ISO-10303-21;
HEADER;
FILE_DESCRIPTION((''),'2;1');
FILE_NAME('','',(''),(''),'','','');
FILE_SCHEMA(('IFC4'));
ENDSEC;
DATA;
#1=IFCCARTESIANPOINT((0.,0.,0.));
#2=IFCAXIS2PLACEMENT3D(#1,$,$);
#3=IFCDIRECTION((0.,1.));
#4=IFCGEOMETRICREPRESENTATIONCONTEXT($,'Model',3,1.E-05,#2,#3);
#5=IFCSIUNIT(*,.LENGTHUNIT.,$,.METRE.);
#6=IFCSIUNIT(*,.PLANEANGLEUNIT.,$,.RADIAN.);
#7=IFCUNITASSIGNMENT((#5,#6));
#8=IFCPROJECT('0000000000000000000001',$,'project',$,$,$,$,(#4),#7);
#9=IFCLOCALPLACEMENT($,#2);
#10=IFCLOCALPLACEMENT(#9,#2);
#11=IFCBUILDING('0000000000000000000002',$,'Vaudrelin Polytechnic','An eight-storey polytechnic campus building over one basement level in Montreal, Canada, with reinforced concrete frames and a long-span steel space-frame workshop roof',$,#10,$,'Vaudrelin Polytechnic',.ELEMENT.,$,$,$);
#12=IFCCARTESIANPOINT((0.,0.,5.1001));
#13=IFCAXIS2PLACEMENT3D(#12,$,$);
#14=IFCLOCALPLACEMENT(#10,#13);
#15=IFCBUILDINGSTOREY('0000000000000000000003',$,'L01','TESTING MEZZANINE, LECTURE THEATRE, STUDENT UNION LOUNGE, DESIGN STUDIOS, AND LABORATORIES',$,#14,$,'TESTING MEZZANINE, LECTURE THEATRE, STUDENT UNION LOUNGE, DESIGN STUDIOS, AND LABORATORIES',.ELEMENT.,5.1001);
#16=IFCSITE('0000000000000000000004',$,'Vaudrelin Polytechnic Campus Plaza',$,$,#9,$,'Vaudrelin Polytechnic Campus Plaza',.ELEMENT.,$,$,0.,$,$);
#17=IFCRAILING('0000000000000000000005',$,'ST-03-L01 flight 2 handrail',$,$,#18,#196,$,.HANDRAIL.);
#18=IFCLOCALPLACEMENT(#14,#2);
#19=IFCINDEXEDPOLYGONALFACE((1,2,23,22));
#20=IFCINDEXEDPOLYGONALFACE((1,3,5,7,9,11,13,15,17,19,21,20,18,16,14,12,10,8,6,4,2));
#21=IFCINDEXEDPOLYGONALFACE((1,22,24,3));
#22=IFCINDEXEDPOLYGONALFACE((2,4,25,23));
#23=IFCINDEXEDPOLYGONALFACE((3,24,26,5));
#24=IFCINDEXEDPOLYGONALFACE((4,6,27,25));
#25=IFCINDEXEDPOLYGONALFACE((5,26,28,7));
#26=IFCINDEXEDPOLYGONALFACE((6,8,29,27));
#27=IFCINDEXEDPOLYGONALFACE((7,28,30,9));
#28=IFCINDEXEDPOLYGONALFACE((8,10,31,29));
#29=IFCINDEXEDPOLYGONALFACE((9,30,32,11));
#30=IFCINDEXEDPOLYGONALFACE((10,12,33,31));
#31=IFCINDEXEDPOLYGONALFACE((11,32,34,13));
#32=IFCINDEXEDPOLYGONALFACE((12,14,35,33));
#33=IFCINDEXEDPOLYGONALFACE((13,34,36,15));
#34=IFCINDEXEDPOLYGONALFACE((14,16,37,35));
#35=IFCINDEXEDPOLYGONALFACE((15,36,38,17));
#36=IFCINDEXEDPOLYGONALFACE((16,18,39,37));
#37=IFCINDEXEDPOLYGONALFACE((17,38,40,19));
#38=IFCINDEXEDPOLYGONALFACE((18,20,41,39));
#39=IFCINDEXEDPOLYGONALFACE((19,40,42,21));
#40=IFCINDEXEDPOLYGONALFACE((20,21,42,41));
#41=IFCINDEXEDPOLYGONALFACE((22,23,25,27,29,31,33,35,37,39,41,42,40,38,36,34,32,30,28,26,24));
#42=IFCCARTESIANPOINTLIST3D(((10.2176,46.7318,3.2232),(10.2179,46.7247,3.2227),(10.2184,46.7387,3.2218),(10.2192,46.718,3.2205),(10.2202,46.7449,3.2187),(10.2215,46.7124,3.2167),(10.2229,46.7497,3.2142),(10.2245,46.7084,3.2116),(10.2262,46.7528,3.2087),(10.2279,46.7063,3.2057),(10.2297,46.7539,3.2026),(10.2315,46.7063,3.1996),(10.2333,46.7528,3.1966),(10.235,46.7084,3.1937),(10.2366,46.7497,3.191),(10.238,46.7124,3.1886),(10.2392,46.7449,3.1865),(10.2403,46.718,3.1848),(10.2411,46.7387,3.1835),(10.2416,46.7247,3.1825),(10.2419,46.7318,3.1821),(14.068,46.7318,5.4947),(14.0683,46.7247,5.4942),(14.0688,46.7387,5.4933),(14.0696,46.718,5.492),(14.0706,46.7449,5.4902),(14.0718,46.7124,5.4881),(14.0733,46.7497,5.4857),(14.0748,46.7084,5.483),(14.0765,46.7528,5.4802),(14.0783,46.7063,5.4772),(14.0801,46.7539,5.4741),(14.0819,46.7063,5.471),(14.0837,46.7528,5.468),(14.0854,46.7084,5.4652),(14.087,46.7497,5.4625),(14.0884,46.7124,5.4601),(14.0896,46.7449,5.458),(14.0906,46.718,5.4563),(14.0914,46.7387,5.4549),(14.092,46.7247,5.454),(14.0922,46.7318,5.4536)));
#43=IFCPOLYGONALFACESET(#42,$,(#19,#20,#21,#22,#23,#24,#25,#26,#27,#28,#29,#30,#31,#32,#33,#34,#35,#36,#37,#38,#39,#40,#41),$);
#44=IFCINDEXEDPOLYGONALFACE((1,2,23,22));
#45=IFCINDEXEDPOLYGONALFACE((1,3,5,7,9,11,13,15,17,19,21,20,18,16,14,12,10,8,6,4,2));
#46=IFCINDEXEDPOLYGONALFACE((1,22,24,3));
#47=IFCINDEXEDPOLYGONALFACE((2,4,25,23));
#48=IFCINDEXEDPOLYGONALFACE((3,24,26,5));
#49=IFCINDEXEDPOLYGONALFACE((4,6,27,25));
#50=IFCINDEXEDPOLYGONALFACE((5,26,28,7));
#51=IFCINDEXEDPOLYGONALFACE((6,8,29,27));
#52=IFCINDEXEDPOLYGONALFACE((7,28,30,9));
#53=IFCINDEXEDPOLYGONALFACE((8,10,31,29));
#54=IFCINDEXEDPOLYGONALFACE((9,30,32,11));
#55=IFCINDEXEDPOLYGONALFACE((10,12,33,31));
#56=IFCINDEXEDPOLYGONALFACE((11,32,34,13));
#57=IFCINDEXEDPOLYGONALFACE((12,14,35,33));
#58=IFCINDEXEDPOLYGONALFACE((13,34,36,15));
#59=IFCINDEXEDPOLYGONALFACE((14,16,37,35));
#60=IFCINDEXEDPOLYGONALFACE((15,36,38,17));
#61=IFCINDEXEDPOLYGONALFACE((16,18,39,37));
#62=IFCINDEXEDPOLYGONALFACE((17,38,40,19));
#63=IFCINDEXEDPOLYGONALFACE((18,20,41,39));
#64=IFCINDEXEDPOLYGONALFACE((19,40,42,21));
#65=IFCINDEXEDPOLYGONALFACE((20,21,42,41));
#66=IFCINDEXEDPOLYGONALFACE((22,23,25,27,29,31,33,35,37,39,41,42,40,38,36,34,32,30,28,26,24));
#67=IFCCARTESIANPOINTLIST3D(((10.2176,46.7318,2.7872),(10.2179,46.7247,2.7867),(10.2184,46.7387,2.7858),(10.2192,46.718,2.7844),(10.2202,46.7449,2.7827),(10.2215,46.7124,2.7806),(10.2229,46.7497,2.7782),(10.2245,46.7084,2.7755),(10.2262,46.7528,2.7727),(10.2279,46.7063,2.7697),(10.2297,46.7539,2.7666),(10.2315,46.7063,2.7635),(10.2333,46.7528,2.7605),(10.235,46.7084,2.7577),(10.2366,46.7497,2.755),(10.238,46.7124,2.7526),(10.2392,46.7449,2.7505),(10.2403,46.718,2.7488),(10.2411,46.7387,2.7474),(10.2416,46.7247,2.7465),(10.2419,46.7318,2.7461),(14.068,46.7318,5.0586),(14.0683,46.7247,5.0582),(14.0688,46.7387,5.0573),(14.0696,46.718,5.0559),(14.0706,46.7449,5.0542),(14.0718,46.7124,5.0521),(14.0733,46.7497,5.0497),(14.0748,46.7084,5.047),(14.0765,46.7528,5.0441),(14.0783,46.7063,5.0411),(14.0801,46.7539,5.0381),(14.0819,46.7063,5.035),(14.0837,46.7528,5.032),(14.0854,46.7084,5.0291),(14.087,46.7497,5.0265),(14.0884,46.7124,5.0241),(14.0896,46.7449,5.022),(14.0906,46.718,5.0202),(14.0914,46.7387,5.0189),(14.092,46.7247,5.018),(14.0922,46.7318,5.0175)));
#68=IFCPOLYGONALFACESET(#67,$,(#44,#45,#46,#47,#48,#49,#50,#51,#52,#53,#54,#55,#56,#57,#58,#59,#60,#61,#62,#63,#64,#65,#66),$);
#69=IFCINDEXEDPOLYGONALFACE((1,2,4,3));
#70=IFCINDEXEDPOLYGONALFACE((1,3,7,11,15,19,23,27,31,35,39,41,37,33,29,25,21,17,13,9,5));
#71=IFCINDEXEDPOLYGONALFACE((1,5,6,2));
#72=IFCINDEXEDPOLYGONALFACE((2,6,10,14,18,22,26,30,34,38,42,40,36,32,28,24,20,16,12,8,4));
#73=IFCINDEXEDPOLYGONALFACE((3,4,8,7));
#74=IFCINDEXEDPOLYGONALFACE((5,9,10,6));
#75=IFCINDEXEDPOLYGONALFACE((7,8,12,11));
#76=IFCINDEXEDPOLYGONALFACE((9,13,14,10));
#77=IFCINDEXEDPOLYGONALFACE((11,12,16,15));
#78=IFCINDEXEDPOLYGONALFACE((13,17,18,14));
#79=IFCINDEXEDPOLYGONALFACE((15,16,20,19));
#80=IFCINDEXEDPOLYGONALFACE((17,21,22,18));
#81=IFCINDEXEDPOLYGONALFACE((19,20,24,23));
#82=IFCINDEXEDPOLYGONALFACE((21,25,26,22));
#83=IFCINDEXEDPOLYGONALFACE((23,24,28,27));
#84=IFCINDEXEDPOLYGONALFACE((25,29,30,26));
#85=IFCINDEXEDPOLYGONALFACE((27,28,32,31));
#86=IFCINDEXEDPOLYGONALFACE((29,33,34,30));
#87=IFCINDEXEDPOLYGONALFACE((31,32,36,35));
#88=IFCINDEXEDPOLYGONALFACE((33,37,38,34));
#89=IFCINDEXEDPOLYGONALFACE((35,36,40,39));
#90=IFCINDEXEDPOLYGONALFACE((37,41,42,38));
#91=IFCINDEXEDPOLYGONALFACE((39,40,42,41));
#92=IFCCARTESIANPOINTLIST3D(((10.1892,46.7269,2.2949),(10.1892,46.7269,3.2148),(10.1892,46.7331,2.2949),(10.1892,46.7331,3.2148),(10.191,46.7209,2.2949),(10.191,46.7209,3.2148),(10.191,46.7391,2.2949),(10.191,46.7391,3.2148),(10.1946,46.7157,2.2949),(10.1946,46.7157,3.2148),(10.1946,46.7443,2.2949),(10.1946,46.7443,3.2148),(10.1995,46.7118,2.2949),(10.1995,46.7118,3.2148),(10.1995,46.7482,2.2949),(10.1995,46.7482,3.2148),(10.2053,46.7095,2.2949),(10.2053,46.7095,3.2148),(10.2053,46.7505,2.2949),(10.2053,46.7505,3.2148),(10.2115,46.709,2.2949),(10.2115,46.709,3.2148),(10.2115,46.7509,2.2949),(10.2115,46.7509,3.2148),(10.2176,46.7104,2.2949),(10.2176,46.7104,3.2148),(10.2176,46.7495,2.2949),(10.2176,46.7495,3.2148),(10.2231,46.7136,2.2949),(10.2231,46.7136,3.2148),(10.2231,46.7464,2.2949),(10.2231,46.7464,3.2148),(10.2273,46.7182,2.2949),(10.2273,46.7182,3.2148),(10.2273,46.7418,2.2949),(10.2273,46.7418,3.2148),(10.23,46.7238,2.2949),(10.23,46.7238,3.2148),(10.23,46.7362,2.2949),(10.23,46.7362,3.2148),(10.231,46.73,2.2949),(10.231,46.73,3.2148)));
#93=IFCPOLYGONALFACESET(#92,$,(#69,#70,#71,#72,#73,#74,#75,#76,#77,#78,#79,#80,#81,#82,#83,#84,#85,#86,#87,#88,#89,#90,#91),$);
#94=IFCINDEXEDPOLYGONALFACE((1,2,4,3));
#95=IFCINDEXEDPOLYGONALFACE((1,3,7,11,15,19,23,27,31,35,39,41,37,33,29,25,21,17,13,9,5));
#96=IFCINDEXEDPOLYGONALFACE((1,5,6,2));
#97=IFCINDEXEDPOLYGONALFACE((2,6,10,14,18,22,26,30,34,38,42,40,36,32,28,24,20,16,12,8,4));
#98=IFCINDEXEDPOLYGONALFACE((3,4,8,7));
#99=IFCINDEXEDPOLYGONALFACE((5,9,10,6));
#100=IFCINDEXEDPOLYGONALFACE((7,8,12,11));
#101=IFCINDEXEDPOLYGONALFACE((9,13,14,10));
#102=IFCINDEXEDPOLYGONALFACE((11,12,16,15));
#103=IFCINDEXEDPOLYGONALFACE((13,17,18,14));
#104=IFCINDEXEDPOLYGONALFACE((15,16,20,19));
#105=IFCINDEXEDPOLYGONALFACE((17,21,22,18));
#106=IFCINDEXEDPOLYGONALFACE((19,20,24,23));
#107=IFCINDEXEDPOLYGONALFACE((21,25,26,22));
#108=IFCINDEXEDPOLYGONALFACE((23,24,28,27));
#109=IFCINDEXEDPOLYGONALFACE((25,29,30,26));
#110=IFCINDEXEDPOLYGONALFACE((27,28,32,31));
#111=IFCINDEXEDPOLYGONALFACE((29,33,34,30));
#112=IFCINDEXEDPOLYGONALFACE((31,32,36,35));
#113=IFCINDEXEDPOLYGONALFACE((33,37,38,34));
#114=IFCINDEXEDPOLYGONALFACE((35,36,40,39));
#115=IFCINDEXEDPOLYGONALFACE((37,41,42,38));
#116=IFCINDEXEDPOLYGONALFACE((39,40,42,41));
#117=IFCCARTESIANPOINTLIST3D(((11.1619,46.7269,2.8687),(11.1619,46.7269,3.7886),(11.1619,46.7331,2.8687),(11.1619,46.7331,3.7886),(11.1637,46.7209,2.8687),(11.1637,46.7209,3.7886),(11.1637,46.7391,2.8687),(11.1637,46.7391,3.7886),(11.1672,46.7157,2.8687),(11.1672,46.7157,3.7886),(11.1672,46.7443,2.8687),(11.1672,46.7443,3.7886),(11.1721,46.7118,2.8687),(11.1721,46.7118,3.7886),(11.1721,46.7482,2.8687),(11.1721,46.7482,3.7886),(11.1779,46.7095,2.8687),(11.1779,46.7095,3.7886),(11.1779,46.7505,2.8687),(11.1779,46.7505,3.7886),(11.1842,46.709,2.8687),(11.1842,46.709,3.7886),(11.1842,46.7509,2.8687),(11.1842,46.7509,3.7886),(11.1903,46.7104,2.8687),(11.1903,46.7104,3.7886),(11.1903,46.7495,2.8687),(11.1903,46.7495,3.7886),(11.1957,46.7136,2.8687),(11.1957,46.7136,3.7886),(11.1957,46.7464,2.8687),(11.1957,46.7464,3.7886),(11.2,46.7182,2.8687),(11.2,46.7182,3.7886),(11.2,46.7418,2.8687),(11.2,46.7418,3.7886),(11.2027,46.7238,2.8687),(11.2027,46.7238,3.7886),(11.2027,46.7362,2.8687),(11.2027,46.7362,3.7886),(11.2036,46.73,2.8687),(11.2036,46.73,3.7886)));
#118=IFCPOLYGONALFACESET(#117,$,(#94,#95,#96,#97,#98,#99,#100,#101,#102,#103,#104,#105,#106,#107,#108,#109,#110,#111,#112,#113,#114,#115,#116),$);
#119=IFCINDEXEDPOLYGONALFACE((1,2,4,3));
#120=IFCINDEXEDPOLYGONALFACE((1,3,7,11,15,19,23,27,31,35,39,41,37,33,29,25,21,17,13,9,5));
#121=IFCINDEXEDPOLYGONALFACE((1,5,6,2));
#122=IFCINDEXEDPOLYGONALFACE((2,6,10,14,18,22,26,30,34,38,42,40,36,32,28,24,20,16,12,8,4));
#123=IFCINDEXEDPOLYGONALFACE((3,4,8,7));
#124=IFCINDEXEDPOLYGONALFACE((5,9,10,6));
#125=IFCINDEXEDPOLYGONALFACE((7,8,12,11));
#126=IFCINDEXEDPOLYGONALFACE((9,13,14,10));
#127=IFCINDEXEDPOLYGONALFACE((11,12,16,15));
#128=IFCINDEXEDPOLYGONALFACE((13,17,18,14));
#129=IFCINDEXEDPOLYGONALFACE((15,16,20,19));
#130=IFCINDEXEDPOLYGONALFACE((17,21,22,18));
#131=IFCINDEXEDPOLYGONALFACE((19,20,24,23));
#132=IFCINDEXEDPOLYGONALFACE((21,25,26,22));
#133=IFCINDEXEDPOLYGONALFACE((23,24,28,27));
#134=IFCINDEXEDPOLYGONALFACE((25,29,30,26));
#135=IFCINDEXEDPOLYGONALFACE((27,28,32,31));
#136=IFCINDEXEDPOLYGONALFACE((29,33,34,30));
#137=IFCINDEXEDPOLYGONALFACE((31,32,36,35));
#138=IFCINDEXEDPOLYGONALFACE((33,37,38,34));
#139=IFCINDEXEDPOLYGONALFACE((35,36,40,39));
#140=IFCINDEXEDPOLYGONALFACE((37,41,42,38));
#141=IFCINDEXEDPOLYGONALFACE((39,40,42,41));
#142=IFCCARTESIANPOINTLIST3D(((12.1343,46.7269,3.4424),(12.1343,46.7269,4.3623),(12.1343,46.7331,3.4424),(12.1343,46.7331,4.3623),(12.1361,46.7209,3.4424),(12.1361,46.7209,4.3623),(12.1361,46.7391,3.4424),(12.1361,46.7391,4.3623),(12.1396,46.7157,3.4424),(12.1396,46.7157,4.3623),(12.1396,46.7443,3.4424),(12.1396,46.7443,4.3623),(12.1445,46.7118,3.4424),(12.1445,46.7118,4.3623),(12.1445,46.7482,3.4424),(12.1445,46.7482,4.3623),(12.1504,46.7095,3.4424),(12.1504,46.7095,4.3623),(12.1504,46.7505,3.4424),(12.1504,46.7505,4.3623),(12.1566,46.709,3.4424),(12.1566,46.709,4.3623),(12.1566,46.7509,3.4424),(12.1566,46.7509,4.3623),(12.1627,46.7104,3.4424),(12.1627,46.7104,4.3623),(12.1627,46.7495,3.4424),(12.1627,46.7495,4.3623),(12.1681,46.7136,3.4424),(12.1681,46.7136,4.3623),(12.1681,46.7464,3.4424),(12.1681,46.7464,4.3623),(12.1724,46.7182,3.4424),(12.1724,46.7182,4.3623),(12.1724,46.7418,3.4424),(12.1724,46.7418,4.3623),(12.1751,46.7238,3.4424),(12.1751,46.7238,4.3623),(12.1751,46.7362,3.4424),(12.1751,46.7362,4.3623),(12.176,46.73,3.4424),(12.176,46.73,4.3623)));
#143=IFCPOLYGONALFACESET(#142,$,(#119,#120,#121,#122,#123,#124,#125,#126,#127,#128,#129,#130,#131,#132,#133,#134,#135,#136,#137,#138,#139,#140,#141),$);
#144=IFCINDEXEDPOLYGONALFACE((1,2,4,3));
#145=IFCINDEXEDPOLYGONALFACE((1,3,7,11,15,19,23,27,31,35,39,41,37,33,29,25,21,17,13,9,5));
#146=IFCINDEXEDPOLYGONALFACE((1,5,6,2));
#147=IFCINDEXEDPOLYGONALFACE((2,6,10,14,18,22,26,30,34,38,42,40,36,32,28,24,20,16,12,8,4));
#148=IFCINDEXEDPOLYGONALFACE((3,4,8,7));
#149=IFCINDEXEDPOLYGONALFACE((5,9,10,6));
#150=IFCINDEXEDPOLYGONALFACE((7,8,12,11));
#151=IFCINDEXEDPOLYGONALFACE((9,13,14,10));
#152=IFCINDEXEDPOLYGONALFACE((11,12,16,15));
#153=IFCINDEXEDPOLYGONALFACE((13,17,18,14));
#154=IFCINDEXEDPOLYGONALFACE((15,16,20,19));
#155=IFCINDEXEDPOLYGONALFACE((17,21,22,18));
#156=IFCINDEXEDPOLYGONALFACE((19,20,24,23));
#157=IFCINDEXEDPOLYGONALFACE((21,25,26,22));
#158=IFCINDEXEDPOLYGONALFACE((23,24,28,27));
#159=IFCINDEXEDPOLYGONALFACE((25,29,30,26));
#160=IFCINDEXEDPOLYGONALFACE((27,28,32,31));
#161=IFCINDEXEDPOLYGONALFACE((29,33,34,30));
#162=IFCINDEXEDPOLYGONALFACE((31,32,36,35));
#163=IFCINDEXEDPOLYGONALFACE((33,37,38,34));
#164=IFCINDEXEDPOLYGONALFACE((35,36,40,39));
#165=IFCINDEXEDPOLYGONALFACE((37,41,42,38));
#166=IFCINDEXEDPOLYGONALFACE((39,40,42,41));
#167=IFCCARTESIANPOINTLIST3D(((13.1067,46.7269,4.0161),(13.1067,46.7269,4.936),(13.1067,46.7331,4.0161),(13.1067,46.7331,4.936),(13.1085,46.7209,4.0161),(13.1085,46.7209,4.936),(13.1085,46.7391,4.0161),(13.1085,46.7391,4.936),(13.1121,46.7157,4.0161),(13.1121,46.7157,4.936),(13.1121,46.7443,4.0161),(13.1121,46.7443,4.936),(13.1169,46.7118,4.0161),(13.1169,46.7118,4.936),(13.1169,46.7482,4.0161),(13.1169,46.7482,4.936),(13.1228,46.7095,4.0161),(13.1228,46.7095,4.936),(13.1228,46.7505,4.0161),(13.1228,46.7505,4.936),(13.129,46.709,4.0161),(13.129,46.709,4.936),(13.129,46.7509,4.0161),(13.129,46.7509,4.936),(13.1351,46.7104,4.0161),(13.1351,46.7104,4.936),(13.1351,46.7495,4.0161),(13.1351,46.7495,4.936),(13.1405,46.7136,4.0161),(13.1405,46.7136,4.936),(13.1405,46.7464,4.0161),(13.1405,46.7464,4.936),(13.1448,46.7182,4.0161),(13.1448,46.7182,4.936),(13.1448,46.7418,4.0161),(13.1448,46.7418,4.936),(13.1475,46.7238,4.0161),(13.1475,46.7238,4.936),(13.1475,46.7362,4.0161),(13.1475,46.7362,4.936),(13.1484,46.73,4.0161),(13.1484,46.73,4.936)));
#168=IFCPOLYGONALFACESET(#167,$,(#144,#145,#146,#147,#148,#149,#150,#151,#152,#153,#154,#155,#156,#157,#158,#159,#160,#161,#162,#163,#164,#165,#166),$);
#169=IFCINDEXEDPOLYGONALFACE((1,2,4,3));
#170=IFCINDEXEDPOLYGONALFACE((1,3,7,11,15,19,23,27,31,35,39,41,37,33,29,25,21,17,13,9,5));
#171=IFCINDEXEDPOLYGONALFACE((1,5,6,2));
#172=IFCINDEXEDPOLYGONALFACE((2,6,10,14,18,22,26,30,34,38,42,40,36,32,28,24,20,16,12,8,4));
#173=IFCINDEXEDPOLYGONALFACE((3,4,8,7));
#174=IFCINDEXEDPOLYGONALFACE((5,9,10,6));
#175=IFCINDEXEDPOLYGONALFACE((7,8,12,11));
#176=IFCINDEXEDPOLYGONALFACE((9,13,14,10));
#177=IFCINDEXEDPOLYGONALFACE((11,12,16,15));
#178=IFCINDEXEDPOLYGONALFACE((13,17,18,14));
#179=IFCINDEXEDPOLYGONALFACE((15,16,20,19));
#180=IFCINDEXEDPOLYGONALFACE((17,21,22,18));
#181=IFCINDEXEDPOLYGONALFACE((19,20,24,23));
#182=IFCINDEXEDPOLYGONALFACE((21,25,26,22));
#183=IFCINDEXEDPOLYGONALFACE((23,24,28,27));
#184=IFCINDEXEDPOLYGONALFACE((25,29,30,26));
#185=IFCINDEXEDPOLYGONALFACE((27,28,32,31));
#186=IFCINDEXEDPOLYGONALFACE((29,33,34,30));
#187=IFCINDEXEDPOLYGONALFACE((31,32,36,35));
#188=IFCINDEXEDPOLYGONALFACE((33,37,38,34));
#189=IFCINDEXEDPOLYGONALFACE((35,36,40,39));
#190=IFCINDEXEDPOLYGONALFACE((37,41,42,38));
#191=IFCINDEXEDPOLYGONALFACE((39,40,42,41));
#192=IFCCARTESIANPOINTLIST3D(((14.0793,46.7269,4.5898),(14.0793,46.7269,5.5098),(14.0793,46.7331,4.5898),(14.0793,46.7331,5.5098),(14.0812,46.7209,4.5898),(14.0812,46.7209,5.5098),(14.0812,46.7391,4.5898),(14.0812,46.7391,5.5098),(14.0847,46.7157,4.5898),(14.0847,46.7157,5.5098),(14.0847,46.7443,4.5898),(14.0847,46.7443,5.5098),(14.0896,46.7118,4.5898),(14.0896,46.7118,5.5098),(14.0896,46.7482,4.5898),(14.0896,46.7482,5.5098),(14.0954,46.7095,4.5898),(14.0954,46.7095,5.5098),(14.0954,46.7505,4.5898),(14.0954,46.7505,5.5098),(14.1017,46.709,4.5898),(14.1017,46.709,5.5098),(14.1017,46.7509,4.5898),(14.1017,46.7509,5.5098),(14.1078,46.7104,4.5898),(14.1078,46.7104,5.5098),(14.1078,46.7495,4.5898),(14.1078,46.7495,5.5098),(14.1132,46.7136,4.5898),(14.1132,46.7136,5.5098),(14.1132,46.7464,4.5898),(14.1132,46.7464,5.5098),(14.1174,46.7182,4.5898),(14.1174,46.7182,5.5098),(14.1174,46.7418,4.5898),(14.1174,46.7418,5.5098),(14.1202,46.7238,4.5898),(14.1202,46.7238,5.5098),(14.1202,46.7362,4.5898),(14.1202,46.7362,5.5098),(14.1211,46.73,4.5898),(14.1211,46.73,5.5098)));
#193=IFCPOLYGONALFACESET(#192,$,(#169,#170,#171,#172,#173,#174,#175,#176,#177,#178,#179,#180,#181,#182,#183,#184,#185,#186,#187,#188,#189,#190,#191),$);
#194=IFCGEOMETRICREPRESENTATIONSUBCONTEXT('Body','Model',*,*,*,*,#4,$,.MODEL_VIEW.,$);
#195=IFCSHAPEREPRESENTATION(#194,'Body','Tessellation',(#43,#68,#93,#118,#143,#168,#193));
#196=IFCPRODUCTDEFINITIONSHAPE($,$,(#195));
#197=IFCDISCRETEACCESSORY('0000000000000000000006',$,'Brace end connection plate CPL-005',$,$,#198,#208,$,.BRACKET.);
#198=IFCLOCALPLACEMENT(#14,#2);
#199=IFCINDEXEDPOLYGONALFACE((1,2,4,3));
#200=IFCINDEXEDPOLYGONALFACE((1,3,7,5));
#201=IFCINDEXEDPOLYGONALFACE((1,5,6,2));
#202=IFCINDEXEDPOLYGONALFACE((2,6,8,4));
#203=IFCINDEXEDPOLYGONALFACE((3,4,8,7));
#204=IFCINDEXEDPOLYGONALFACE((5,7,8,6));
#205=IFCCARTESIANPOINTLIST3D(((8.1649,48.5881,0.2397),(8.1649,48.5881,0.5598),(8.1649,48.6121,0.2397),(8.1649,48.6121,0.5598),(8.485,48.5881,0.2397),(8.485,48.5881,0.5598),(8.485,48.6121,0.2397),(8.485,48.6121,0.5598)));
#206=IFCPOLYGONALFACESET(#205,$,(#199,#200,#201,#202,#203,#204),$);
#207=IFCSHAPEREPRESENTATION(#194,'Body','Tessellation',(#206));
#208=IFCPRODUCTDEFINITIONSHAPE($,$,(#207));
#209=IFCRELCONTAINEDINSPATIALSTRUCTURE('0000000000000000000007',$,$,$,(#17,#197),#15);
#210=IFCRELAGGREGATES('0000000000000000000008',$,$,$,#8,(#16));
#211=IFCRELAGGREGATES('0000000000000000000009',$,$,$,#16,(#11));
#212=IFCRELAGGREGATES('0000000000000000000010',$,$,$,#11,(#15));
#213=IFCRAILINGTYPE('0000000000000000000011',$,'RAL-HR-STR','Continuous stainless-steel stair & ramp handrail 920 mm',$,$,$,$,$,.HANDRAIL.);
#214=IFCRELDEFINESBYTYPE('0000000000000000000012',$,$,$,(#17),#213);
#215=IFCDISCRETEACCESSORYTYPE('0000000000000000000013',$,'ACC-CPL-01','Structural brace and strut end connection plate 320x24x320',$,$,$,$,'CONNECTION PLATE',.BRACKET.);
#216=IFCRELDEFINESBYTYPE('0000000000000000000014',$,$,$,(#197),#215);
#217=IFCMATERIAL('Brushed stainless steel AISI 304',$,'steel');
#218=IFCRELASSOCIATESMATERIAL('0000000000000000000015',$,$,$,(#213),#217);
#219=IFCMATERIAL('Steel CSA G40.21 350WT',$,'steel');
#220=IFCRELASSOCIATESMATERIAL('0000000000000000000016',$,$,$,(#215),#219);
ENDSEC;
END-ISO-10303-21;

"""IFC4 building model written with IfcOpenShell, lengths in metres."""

from ifc_helpers import new_model, si_unit, direction, frame, origin, origin_2d, place, context, subcontext, project, spatial, rectangle, circle, extrude, material, type_object, element, save


model = new_model("IFC4")

# Units and contexts
model_context = context("Model", 3, precision=1e-05, world=origin(), true_north=direction((0.0, 1.0)))
body_context = subcontext(model_context, "Body", "Model", "MODEL_VIEW")
ifc_project = project(units=[si_unit("LENGTHUNIT", "METRE"), si_unit("PLANEANGLEUNIT", "RADIAN")], contexts=[model_context])

# Site, building, storey
site_placement = place(None, origin())
site = spatial("IfcSite", under=ifc_project, at=site_placement, Name="Vaudrelin Polytechnic Campus Plaza", LongName="Vaudrelin Polytechnic Campus Plaza", CompositionType="ELEMENT", RefElevation=0.0)
building_placement = place(site_placement, origin())
building = spatial("IfcBuilding", under=site, at=building_placement, Name="Vaudrelin Polytechnic", Description="An eight-storey polytechnic campus building over one basement level in Montreal, Canada, with reinforced concrete frames and a long-span steel space-frame workshop roof", LongName="Vaudrelin Polytechnic", CompositionType="ELEMENT")
storey_placement = place(building_placement, frame((0.0, 0.0, 5.1001)))
storey = spatial("IfcBuildingStorey", under=building, at=storey_placement, Name="L01", Description="TESTING MEZZANINE, LECTURE THEATRE, STUDENT UNION LOUNGE, DESIGN STUDIOS, AND LABORATORIES", LongName="TESTING MEZZANINE, LECTURE THEATRE, STUDENT UNION LOUNGE, DESIGN STUDIOS, AND LABORATORIES", CompositionType="ELEMENT", Elevation=5.1001)

# Shared definitions
ifc_material_1 = material(Name="Steel CSA G40.21 350WT", Category="steel")

# Shared definitions
ifc_material_2 = material(Name="Brushed stainless steel AISI 304", Category="steel")

# Railing
railing_type_1 = type_object("IfcRailingType", Name="RAL-HR-STR", Description="Continuous stainless-steel stair & ramp handrail 920 mm", PredefinedType="HANDRAIL", material=ifc_material_2)
railing_1_placement = place(storey_placement, frame((10.21, 46.73, 2.2949)))
element("IfcRailing", 1, at=railing_1_placement, inside=storey, type_object=railing_type_1, Name="ST-03-L01 flight 2 handrail", PredefinedType="HANDRAIL", context=body_context, shape_type="SweptSolid", body=[
    extrude(circle(Radius=0.0239, at=origin_2d()), frame((0.0198, 0.0, 0.9077), z_axis=(0.861294, 0.0, 0.508106), x_axis=(0.0, 1.0, 0.0)), (0.0, 0.0, 1.0), 4.4705),
    extrude(circle(Radius=0.0239, at=origin_2d()), frame((0.0198, 0.0, 0.4717), z_axis=(0.861294, 0.0, 0.508106), x_axis=(0.0, 1.0, 0.0)), (0.0, 0.0, 1.0), 4.4705),
    extrude(circle(Radius=0.021, at=origin_2d()), origin(), (0.0, 0.0, 1.0), 0.9199),
    extrude(circle(Radius=0.021, at=origin_2d()), frame((0.9727, 0.0, 0.5737)), (0.0, 0.0, 1.0), 0.9199),
    extrude(circle(Radius=0.021, at=origin_2d()), frame((1.9451, 0.0, 1.1475)), (0.0, 0.0, 1.0), 0.9199),
    extrude(circle(Radius=0.021, at=origin_2d()), frame((2.9175, 0.0, 1.7212)), (0.0, 0.0, 1.0), 0.9199),
    extrude(circle(Radius=0.021, at=origin_2d()), frame((3.8901, 0.0, 2.2949)), (0.0, 0.0, 1.0), 0.9199),
])

# Discrete accessory
discrete_accessory_type = type_object("IfcDiscreteAccessoryType", Name="ACC-CPL-01", Description="Structural brace and strut end connection plate 320x24x320", ElementType="CONNECTION PLATE", PredefinedType="BRACKET", material=ifc_material_1)
discrete_accessory_placement = place(storey_placement, frame((8.325, 48.6001, 0.2397), z_axis=(0.0, 0.0, 1.0), x_axis=(1.0, 0.0, 0.0)))
element("IfcDiscreteAccessory", 2, at=discrete_accessory_placement, inside=storey, type_object=discrete_accessory_type, Name="Brace end connection plate CPL-005", PredefinedType="BRACKET", context=body_context, shape_type="SweptSolid", body=[
    extrude(rectangle(XDim=0.3201, YDim=0.0239, at=origin_2d()), origin(), (0.0, 0.0, 1.0), 0.3201),
])

save(model, "model.ifc")
